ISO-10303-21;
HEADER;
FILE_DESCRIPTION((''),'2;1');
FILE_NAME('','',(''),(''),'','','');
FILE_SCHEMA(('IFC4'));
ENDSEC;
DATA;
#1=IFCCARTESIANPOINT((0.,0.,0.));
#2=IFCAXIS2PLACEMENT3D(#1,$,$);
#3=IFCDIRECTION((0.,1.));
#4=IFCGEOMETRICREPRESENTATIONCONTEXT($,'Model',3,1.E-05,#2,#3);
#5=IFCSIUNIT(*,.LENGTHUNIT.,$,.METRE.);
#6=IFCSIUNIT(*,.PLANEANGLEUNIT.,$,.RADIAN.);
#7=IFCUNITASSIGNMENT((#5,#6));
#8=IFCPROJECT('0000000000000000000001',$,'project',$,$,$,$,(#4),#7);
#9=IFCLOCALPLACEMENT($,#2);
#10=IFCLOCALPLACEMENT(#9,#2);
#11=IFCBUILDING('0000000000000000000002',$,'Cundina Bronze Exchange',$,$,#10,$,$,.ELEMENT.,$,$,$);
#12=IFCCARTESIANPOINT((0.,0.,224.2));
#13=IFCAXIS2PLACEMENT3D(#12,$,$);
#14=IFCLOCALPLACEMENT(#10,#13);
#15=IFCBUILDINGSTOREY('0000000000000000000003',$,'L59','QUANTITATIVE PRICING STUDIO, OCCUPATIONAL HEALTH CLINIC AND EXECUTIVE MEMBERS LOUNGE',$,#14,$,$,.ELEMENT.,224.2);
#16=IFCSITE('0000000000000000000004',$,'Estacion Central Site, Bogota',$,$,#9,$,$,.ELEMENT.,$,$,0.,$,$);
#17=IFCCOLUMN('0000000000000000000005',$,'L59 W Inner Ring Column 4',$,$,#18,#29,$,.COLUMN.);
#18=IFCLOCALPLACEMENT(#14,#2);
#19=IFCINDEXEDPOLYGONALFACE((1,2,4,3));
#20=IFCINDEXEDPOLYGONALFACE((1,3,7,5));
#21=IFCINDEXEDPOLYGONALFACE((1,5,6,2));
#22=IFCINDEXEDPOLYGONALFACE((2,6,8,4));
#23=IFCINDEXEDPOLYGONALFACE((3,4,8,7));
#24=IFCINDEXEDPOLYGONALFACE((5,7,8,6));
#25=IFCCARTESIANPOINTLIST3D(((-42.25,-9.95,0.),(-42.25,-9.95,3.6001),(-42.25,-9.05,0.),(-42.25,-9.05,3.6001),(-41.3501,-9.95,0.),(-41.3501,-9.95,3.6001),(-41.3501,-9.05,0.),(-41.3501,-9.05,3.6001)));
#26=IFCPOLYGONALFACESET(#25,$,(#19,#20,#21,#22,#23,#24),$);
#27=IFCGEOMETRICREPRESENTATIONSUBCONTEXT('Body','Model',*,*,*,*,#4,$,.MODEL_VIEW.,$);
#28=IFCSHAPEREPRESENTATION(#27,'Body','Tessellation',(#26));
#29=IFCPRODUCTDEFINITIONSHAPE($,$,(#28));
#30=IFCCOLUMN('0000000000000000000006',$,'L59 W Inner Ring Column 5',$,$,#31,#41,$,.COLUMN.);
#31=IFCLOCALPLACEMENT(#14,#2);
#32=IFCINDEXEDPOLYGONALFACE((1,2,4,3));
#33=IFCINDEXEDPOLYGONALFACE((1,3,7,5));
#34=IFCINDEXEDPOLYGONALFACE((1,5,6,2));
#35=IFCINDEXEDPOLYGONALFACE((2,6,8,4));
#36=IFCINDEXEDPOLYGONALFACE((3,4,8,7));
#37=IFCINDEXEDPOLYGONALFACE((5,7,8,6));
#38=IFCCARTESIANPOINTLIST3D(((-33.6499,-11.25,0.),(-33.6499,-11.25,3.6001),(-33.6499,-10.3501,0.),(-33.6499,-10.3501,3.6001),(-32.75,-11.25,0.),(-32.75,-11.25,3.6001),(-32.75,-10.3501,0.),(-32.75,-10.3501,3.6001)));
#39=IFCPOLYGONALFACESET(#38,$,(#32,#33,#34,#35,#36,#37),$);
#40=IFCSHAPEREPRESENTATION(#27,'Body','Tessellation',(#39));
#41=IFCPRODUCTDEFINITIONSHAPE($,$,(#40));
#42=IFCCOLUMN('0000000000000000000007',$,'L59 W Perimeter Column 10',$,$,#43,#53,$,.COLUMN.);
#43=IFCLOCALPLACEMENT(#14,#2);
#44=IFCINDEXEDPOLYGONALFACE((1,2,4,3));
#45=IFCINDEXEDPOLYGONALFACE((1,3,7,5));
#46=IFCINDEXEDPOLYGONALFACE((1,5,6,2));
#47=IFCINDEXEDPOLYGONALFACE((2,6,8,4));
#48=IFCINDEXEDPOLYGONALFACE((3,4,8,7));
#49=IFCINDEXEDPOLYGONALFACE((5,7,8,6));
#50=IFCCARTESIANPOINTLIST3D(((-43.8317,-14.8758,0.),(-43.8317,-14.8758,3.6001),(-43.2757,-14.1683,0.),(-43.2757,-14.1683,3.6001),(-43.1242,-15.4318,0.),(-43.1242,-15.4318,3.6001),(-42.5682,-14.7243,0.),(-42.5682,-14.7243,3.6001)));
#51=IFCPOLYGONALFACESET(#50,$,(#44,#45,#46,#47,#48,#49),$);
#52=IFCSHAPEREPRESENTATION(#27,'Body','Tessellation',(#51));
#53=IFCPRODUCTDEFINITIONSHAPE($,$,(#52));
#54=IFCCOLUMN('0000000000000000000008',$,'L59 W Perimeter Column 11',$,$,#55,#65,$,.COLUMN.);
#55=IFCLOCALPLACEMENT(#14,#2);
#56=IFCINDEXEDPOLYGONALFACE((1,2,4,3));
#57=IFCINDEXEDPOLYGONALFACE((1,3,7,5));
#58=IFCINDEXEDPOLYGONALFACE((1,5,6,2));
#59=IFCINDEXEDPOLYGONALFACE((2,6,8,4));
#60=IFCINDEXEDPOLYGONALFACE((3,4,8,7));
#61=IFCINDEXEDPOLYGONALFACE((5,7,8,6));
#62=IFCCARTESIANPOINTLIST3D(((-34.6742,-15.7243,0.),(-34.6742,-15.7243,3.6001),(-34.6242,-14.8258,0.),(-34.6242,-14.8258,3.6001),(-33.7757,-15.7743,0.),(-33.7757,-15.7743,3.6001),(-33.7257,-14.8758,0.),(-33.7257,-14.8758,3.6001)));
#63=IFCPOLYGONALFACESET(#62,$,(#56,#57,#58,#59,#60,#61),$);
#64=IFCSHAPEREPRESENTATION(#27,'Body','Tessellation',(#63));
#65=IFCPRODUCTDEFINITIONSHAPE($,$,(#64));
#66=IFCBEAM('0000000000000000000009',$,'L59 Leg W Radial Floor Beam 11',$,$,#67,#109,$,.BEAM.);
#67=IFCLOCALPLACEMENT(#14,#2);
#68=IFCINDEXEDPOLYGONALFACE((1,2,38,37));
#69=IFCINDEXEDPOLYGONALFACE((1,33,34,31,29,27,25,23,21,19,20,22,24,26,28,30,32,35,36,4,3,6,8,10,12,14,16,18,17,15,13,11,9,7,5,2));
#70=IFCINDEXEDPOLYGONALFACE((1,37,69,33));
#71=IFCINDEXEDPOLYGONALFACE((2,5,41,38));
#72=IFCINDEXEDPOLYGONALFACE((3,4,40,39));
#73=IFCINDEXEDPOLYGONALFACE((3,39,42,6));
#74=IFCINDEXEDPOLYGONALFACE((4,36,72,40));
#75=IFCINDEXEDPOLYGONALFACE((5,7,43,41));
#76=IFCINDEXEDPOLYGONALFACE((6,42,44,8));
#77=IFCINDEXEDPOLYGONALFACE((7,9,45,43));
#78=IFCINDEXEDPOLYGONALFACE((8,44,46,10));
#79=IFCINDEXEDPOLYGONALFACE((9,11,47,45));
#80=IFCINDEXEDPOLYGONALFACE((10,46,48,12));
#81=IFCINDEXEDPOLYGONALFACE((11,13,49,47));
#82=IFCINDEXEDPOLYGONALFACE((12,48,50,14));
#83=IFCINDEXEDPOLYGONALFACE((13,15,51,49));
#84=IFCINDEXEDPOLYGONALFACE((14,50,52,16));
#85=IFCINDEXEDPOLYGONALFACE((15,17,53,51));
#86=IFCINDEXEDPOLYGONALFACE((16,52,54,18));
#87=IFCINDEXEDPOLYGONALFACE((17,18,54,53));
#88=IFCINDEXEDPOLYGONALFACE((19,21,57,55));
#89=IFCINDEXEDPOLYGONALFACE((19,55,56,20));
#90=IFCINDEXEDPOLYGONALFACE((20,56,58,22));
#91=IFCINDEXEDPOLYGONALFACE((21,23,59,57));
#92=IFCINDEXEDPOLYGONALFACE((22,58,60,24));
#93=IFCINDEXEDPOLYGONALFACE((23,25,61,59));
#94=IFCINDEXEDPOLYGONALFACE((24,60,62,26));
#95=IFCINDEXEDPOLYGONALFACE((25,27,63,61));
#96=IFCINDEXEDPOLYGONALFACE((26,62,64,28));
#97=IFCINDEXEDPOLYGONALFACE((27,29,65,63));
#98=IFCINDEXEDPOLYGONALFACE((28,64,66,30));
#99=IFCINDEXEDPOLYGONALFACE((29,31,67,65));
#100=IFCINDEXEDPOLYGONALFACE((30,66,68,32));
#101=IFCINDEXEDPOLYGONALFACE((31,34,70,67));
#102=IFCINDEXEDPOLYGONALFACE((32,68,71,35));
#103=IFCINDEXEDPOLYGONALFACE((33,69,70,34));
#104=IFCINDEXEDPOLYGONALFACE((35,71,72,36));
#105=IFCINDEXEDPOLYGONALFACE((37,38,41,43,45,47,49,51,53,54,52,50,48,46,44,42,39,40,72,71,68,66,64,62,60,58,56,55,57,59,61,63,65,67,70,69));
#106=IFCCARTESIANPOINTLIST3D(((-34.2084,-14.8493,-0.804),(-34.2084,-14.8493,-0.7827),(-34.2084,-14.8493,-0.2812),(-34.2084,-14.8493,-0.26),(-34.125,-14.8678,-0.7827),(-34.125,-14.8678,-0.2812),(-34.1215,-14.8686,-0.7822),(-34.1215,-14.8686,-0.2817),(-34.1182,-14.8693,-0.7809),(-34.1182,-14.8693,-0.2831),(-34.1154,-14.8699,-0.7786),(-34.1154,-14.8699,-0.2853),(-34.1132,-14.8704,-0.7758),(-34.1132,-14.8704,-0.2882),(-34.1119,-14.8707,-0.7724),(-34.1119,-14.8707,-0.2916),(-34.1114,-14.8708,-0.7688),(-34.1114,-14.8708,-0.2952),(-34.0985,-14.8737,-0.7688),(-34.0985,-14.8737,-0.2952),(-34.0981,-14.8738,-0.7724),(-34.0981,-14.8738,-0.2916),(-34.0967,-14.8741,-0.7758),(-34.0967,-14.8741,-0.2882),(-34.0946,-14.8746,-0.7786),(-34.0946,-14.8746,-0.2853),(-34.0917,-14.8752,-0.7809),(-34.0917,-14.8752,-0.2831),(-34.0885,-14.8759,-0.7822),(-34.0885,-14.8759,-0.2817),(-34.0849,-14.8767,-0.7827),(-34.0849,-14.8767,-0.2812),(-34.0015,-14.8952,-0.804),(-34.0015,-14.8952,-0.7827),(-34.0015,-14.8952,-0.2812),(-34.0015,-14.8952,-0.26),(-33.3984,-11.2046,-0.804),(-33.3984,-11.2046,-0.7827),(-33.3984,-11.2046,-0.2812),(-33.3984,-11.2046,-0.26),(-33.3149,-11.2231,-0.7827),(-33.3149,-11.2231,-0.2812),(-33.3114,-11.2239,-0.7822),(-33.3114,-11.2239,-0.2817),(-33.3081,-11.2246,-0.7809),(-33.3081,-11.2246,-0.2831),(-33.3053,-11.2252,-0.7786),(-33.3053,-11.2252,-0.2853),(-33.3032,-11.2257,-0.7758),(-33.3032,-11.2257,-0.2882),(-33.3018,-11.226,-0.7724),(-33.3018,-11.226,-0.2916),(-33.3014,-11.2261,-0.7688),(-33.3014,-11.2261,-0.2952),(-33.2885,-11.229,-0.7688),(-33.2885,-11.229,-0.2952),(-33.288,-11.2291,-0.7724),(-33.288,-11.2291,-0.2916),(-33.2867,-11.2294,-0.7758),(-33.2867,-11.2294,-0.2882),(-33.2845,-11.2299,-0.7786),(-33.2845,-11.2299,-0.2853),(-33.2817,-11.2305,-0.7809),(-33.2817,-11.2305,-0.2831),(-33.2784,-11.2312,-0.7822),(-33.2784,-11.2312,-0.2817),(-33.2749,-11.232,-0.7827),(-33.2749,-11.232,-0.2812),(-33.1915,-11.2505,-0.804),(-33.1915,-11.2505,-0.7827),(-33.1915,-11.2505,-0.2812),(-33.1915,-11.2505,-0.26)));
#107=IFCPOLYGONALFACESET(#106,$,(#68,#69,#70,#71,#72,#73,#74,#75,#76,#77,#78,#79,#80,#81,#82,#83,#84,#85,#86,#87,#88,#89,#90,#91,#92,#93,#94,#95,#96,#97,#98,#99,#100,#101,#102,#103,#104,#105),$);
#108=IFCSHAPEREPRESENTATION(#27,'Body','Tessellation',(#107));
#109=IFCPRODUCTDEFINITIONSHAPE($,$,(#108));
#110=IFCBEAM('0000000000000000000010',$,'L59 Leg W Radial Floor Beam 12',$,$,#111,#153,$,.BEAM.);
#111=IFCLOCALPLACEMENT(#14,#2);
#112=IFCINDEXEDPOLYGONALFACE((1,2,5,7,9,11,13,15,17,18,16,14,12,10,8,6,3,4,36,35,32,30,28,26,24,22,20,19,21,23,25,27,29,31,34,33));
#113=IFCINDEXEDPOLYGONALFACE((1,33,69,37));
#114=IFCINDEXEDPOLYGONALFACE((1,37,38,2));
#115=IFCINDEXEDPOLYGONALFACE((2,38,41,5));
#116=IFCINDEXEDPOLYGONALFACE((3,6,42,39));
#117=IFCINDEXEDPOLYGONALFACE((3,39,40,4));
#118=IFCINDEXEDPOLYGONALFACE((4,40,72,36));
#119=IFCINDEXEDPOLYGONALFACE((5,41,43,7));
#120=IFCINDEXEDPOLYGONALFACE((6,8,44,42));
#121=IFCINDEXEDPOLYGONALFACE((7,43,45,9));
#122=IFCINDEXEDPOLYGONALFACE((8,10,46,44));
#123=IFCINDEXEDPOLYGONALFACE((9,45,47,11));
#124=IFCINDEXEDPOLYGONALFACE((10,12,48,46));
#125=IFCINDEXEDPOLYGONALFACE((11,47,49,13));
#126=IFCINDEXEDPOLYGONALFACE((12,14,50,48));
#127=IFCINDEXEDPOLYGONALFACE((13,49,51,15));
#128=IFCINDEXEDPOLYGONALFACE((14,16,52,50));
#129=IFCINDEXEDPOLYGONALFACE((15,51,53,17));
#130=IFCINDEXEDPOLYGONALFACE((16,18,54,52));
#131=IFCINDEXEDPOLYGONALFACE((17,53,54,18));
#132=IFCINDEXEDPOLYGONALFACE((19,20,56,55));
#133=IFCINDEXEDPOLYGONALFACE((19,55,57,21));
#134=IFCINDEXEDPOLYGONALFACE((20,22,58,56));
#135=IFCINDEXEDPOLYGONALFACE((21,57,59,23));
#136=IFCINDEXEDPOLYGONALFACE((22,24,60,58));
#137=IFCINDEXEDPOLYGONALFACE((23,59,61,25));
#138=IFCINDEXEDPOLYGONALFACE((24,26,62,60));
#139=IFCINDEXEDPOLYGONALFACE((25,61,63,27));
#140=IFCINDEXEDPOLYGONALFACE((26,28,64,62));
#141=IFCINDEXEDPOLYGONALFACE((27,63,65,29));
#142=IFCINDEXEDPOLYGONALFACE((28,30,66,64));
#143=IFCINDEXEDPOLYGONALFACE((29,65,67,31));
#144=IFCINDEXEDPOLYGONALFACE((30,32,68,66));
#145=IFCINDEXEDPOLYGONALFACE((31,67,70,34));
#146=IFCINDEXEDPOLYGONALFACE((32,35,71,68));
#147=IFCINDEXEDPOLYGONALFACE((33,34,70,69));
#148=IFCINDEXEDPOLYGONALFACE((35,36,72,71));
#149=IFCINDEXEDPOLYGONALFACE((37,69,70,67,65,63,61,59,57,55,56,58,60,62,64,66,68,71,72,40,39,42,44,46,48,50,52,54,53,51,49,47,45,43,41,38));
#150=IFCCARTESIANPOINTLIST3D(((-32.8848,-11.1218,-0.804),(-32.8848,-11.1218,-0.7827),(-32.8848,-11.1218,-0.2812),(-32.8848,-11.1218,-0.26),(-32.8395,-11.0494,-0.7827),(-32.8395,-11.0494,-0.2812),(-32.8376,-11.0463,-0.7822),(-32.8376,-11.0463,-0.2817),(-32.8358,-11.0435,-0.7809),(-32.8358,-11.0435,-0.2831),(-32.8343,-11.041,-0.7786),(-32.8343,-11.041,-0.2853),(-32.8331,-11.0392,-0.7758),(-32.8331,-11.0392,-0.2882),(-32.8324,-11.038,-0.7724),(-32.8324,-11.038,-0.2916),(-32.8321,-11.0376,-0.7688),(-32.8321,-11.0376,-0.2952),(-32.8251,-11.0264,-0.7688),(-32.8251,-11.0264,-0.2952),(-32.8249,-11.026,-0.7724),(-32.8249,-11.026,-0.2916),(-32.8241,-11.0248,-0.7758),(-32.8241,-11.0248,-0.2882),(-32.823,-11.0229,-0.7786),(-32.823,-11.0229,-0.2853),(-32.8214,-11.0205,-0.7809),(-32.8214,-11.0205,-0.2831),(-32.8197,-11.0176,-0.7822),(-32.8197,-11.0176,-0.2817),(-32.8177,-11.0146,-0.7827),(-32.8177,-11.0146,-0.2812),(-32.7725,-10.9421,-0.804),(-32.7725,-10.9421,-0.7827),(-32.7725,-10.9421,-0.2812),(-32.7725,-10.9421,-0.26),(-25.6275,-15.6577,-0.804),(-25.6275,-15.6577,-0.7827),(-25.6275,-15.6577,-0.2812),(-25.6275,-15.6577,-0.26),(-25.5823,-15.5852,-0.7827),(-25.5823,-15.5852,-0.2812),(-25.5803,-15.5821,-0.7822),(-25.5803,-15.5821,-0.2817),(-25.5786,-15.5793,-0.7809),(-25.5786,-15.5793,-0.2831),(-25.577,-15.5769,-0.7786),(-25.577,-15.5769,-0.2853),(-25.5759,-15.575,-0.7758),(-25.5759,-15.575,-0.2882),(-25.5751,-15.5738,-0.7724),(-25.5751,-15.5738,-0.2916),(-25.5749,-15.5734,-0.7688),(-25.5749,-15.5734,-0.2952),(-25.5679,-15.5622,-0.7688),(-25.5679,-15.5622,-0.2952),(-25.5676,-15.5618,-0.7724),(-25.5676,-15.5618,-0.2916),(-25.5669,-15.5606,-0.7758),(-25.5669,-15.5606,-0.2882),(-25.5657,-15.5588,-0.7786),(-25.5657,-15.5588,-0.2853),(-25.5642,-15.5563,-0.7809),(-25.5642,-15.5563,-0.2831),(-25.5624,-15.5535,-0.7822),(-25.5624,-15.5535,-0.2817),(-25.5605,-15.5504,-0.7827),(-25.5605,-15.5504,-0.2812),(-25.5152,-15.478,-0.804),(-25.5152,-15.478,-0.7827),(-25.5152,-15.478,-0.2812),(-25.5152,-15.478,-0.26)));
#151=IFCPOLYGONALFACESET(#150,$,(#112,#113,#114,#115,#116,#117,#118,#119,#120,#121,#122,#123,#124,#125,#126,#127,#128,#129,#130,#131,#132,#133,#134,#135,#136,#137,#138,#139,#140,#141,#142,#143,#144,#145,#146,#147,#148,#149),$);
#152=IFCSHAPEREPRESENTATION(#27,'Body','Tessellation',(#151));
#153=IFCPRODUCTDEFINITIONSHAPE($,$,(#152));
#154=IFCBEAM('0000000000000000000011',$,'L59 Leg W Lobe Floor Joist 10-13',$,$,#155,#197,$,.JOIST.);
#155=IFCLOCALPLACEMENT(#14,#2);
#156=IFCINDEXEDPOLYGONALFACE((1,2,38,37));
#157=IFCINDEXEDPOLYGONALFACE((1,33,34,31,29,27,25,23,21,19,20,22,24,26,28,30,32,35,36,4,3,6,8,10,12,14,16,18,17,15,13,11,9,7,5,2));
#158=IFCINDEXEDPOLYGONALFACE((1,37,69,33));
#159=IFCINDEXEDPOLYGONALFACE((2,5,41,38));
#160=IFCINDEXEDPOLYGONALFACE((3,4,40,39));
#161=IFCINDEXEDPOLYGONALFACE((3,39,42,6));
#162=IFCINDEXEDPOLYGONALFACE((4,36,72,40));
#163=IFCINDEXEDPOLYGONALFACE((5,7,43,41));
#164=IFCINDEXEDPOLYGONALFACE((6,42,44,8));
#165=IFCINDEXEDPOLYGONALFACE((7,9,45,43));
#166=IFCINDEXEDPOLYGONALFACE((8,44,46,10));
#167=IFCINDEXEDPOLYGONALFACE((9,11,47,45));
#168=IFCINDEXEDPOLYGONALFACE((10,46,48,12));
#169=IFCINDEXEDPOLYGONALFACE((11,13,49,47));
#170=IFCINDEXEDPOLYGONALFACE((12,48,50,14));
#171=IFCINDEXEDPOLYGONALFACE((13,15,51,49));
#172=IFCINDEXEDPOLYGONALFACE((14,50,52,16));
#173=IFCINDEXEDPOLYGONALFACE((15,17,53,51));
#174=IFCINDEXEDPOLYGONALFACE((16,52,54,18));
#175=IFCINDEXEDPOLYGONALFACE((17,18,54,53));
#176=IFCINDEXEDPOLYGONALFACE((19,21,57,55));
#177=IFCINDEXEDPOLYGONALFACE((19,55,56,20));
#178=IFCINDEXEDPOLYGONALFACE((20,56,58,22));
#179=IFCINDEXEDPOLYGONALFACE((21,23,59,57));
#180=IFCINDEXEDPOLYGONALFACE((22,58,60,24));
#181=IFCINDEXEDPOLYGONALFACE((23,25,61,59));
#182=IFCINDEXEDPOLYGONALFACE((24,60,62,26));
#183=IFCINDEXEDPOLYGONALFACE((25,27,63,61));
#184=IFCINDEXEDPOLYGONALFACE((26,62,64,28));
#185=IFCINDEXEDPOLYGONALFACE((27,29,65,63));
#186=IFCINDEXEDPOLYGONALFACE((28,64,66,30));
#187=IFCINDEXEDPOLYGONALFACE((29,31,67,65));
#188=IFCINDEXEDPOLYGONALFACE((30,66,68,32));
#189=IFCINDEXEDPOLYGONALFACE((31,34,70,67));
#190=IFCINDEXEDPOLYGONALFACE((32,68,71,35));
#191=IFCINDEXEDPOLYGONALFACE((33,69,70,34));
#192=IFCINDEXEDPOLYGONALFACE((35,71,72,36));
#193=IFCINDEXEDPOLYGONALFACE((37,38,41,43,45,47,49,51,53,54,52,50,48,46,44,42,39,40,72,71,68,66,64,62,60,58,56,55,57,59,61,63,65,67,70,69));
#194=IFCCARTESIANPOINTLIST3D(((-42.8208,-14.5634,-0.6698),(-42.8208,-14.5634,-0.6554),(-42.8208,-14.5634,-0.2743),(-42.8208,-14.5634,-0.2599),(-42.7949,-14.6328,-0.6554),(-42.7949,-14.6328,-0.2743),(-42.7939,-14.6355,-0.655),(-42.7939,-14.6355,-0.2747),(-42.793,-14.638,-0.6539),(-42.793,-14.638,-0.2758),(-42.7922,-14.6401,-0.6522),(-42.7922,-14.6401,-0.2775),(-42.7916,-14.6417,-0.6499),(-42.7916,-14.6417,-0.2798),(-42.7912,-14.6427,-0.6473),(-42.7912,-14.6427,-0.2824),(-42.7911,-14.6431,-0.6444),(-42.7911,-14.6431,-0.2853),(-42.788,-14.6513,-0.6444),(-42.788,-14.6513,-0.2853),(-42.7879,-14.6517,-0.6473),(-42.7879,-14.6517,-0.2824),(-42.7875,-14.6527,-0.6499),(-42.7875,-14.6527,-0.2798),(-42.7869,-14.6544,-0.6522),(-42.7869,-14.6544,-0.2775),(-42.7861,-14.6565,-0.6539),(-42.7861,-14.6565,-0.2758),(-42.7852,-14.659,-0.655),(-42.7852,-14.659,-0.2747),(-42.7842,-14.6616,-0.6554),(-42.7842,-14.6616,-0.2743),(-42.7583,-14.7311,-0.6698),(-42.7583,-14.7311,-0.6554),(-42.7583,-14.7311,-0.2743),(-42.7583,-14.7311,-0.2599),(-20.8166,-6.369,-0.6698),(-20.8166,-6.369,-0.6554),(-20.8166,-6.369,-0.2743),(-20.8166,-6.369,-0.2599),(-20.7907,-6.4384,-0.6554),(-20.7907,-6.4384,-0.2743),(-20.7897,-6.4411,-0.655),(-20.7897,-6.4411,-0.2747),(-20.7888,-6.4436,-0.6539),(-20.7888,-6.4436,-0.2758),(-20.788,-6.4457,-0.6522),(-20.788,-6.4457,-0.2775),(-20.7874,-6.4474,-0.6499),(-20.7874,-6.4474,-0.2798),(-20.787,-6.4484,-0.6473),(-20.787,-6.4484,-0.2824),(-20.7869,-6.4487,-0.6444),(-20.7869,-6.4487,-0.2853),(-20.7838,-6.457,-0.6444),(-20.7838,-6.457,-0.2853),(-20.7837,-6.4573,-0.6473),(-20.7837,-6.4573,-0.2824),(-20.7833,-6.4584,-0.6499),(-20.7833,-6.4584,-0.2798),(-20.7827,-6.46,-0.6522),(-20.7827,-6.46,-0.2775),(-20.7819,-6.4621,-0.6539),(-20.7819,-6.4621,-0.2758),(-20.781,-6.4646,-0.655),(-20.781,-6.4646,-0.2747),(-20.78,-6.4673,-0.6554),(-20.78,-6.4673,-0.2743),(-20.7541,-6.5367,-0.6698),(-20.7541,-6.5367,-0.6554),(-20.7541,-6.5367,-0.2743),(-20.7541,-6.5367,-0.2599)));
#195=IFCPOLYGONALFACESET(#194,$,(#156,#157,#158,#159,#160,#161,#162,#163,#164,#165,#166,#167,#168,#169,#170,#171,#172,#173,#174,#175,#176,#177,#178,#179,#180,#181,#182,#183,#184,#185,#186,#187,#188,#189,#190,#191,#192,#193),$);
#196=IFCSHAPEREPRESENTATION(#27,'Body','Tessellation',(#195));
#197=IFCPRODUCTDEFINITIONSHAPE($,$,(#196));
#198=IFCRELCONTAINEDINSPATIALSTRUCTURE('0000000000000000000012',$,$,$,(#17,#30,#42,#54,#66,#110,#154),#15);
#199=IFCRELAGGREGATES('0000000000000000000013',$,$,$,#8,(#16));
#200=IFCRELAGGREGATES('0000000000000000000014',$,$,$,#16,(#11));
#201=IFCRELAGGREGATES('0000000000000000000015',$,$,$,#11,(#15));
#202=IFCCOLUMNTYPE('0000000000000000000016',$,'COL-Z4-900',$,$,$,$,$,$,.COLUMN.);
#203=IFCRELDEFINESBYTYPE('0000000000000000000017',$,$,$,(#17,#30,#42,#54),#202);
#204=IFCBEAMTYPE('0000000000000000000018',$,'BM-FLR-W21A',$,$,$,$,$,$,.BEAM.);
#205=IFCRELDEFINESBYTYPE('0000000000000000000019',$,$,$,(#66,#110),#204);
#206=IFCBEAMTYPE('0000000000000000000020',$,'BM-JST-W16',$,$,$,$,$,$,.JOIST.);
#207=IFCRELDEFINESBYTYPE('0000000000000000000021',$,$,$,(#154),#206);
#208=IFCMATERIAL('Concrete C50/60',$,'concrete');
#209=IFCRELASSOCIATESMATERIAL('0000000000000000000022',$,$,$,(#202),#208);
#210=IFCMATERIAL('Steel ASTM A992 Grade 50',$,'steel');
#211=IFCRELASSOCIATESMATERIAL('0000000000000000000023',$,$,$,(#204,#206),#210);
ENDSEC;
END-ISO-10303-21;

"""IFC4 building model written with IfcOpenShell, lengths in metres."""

from ifc_helpers import new_model, si_unit, direction, frame, origin, origin_2d, place, context, subcontext, project, spatial, rectangle, i_section, extrude, material, material_profile, profile_set, type_object, element, save


model = new_model("IFC4")

# Units and contexts
model_context = context("Model", 3, precision=1e-05, world=origin(), true_north=direction((0.0, 1.0)))
body_context = subcontext(model_context, "Body", "Model", "MODEL_VIEW")
ifc_project = project(units=[si_unit("LENGTHUNIT", "METRE"), si_unit("PLANEANGLEUNIT", "RADIAN")], contexts=[model_context])

# Site, building, storey
site_placement = place(None, origin())
site = spatial("IfcSite", under=ifc_project, at=site_placement, Name="Estacion Central Site, Bogota", CompositionType="ELEMENT", RefElevation=0.0)
building_placement = place(site_placement, origin())
building = spatial("IfcBuilding", under=site, at=building_placement, Name="Cundina Bronze Exchange", CompositionType="ELEMENT")
storey_placement = place(building_placement, frame((0.0, 0.0, 224.2)))
storey = spatial("IfcBuildingStorey", under=building, at=storey_placement, Name="L59", Description="QUANTITATIVE PRICING STUDIO, OCCUPATIONAL HEALTH CLINIC AND EXECUTIVE MEMBERS LOUNGE", CompositionType="ELEMENT", Elevation=224.2)

# Columns
ifc_material_1 = material(Name="Concrete C50/60", Category="concrete")
ifc_material_profile_1 = material_profile(ifc_material_1, rectangle(XDim=0.8999, YDim=0.8999, at=origin_2d()), Name="RC900X900", Category="concrete")
ifc_profile_set_1 = profile_set([ifc_material_profile_1], Name="Concrete C50/60")
column_type = type_object("IfcColumnType", Name="COL-Z4-900", PredefinedType="COLUMN", material=ifc_profile_set_1)
for number, where, z_axis, x_axis, name in (
    (1, (-41.8, -9.5, 0.0), (0.0, 0.0, 1.0), (1.0, 0.0, 0.0), "L59 W Inner Ring Column 4"),
    (2, (-33.2, -10.8, 0.0), (0.0, 0.0, 1.0), (1.0, 0.0, 0.0), "L59 W Inner Ring Column 5"),
    (3, (-43.2, -14.8, 0.0), (0.0, 0.0, 1.0), (0.786288, -0.61786, 0.0), "L59 W Perimeter Column 10"),
    (4, (-34.2, -15.3, 0.0), (0.0, 0.0, 1.0), (0.99846, -0.055473, 0.0), "L59 W Perimeter Column 11"),
):
    element("IfcColumn", number, at=place(storey_placement, frame(where, z_axis=z_axis, x_axis=x_axis)), inside=storey, type_object=column_type, Name=name, PredefinedType="COLUMN", context=body_context, shape_type="SweptSolid", body=[
        extrude(rectangle(XDim=0.8999, YDim=0.8999, at=origin_2d()), origin(), (0.0, 0.0, 1.0), 3.6001),
    ])

# Beams
ifc_material_2 = material(Name="Steel ASTM A992 Grade 50", Category="steel")
ifc_material_profile_2 = material_profile(ifc_material_2, i_section(OverallWidth=0.2119, OverallDepth=0.5439, WebThickness=0.0132, FlangeThickness=0.0212, FilletRadius=0.0139, at=origin_2d()), Name="W21X83", Category="steel")
ifc_profile_set_2 = profile_set([ifc_material_profile_2], Name="Steel ASTM A992 Grade 50")
beam_type_1 = type_object("IfcBeamType", Name="BM-FLR-W21A", PredefinedType="BEAM", material=ifc_profile_set_2)
beam_1_placement = place(storey_placement, frame((-33.2949, -11.2275, -0.532), z_axis=(-0.216958, -0.976181, 0.0), x_axis=(0.976181, -0.216958, 0.0)))
element("IfcBeam", 5, at=beam_1_placement, inside=storey, type_object=beam_type_1, Name="L59 Leg W Radial Floor Beam 11", PredefinedType="BEAM", context=body_context, shape_type="SweptSolid", body=[
    extrude(i_section(OverallWidth=0.2119, OverallDepth=0.5439, WebThickness=0.0132, FlangeThickness=0.0212, FilletRadius=0.0139, at=origin_2d()), origin(), (0.0, 0.0, 1.0), 3.7336),
])
beam_2_placement = place(storey_placement, frame((-32.8286, -11.032, -0.532), z_axis=(0.847995, -0.530004, 0.0), x_axis=(0.530004, 0.847995, 0.0)))
element("IfcBeam", 6, at=beam_2_placement, inside=storey, type_object=beam_type_1, Name="L59 Leg W Radial Floor Beam 12", PredefinedType="BEAM", context=body_context, shape_type="SweptSolid", body=[
    extrude(i_section(OverallWidth=0.2119, OverallDepth=0.5439, WebThickness=0.0132, FlangeThickness=0.0212, FilletRadius=0.0139, at=origin_2d()), origin(), (0.0, 0.0, 1.0), 8.5581),
])
ifc_material_profile_3 = material_profile(ifc_material_2, i_section(OverallWidth=0.179, OverallDepth=0.4099, WebThickness=0.0088, FlangeThickness=0.0144, FilletRadius=0.011, at=origin_2d()), Name="W16X45", Category="steel")
ifc_profile_set_3 = profile_set([ifc_material_profile_3], Name="Steel ASTM A992 Grade 50")
beam_type_2 = type_object("IfcBeamType", Name="BM-JST-W16", PredefinedType="JOIST", material=ifc_profile_set_3)
beam_3_placement = place(storey_placement, frame((-42.7896, -14.6472, -0.4648), z_axis=(0.937128, 0.348986, 0.0), x_axis=(-0.348986, 0.937128, 0.0)))
element("IfcBeam", 7, at=beam_3_placement, inside=storey, type_object=beam_type_2, Name="L59 Leg W Lobe Floor Joist 10-13", PredefinedType="JOIST", context=body_context, shape_type="SweptSolid", body=[
    extrude(i_section(OverallWidth=0.179, OverallDepth=0.4099, WebThickness=0.0088, FlangeThickness=0.0144, FilletRadius=0.011, at=origin_2d()), origin(), (0.0, 0.0, 1.0), 23.4805),
])

save(model, "model.ifc")
